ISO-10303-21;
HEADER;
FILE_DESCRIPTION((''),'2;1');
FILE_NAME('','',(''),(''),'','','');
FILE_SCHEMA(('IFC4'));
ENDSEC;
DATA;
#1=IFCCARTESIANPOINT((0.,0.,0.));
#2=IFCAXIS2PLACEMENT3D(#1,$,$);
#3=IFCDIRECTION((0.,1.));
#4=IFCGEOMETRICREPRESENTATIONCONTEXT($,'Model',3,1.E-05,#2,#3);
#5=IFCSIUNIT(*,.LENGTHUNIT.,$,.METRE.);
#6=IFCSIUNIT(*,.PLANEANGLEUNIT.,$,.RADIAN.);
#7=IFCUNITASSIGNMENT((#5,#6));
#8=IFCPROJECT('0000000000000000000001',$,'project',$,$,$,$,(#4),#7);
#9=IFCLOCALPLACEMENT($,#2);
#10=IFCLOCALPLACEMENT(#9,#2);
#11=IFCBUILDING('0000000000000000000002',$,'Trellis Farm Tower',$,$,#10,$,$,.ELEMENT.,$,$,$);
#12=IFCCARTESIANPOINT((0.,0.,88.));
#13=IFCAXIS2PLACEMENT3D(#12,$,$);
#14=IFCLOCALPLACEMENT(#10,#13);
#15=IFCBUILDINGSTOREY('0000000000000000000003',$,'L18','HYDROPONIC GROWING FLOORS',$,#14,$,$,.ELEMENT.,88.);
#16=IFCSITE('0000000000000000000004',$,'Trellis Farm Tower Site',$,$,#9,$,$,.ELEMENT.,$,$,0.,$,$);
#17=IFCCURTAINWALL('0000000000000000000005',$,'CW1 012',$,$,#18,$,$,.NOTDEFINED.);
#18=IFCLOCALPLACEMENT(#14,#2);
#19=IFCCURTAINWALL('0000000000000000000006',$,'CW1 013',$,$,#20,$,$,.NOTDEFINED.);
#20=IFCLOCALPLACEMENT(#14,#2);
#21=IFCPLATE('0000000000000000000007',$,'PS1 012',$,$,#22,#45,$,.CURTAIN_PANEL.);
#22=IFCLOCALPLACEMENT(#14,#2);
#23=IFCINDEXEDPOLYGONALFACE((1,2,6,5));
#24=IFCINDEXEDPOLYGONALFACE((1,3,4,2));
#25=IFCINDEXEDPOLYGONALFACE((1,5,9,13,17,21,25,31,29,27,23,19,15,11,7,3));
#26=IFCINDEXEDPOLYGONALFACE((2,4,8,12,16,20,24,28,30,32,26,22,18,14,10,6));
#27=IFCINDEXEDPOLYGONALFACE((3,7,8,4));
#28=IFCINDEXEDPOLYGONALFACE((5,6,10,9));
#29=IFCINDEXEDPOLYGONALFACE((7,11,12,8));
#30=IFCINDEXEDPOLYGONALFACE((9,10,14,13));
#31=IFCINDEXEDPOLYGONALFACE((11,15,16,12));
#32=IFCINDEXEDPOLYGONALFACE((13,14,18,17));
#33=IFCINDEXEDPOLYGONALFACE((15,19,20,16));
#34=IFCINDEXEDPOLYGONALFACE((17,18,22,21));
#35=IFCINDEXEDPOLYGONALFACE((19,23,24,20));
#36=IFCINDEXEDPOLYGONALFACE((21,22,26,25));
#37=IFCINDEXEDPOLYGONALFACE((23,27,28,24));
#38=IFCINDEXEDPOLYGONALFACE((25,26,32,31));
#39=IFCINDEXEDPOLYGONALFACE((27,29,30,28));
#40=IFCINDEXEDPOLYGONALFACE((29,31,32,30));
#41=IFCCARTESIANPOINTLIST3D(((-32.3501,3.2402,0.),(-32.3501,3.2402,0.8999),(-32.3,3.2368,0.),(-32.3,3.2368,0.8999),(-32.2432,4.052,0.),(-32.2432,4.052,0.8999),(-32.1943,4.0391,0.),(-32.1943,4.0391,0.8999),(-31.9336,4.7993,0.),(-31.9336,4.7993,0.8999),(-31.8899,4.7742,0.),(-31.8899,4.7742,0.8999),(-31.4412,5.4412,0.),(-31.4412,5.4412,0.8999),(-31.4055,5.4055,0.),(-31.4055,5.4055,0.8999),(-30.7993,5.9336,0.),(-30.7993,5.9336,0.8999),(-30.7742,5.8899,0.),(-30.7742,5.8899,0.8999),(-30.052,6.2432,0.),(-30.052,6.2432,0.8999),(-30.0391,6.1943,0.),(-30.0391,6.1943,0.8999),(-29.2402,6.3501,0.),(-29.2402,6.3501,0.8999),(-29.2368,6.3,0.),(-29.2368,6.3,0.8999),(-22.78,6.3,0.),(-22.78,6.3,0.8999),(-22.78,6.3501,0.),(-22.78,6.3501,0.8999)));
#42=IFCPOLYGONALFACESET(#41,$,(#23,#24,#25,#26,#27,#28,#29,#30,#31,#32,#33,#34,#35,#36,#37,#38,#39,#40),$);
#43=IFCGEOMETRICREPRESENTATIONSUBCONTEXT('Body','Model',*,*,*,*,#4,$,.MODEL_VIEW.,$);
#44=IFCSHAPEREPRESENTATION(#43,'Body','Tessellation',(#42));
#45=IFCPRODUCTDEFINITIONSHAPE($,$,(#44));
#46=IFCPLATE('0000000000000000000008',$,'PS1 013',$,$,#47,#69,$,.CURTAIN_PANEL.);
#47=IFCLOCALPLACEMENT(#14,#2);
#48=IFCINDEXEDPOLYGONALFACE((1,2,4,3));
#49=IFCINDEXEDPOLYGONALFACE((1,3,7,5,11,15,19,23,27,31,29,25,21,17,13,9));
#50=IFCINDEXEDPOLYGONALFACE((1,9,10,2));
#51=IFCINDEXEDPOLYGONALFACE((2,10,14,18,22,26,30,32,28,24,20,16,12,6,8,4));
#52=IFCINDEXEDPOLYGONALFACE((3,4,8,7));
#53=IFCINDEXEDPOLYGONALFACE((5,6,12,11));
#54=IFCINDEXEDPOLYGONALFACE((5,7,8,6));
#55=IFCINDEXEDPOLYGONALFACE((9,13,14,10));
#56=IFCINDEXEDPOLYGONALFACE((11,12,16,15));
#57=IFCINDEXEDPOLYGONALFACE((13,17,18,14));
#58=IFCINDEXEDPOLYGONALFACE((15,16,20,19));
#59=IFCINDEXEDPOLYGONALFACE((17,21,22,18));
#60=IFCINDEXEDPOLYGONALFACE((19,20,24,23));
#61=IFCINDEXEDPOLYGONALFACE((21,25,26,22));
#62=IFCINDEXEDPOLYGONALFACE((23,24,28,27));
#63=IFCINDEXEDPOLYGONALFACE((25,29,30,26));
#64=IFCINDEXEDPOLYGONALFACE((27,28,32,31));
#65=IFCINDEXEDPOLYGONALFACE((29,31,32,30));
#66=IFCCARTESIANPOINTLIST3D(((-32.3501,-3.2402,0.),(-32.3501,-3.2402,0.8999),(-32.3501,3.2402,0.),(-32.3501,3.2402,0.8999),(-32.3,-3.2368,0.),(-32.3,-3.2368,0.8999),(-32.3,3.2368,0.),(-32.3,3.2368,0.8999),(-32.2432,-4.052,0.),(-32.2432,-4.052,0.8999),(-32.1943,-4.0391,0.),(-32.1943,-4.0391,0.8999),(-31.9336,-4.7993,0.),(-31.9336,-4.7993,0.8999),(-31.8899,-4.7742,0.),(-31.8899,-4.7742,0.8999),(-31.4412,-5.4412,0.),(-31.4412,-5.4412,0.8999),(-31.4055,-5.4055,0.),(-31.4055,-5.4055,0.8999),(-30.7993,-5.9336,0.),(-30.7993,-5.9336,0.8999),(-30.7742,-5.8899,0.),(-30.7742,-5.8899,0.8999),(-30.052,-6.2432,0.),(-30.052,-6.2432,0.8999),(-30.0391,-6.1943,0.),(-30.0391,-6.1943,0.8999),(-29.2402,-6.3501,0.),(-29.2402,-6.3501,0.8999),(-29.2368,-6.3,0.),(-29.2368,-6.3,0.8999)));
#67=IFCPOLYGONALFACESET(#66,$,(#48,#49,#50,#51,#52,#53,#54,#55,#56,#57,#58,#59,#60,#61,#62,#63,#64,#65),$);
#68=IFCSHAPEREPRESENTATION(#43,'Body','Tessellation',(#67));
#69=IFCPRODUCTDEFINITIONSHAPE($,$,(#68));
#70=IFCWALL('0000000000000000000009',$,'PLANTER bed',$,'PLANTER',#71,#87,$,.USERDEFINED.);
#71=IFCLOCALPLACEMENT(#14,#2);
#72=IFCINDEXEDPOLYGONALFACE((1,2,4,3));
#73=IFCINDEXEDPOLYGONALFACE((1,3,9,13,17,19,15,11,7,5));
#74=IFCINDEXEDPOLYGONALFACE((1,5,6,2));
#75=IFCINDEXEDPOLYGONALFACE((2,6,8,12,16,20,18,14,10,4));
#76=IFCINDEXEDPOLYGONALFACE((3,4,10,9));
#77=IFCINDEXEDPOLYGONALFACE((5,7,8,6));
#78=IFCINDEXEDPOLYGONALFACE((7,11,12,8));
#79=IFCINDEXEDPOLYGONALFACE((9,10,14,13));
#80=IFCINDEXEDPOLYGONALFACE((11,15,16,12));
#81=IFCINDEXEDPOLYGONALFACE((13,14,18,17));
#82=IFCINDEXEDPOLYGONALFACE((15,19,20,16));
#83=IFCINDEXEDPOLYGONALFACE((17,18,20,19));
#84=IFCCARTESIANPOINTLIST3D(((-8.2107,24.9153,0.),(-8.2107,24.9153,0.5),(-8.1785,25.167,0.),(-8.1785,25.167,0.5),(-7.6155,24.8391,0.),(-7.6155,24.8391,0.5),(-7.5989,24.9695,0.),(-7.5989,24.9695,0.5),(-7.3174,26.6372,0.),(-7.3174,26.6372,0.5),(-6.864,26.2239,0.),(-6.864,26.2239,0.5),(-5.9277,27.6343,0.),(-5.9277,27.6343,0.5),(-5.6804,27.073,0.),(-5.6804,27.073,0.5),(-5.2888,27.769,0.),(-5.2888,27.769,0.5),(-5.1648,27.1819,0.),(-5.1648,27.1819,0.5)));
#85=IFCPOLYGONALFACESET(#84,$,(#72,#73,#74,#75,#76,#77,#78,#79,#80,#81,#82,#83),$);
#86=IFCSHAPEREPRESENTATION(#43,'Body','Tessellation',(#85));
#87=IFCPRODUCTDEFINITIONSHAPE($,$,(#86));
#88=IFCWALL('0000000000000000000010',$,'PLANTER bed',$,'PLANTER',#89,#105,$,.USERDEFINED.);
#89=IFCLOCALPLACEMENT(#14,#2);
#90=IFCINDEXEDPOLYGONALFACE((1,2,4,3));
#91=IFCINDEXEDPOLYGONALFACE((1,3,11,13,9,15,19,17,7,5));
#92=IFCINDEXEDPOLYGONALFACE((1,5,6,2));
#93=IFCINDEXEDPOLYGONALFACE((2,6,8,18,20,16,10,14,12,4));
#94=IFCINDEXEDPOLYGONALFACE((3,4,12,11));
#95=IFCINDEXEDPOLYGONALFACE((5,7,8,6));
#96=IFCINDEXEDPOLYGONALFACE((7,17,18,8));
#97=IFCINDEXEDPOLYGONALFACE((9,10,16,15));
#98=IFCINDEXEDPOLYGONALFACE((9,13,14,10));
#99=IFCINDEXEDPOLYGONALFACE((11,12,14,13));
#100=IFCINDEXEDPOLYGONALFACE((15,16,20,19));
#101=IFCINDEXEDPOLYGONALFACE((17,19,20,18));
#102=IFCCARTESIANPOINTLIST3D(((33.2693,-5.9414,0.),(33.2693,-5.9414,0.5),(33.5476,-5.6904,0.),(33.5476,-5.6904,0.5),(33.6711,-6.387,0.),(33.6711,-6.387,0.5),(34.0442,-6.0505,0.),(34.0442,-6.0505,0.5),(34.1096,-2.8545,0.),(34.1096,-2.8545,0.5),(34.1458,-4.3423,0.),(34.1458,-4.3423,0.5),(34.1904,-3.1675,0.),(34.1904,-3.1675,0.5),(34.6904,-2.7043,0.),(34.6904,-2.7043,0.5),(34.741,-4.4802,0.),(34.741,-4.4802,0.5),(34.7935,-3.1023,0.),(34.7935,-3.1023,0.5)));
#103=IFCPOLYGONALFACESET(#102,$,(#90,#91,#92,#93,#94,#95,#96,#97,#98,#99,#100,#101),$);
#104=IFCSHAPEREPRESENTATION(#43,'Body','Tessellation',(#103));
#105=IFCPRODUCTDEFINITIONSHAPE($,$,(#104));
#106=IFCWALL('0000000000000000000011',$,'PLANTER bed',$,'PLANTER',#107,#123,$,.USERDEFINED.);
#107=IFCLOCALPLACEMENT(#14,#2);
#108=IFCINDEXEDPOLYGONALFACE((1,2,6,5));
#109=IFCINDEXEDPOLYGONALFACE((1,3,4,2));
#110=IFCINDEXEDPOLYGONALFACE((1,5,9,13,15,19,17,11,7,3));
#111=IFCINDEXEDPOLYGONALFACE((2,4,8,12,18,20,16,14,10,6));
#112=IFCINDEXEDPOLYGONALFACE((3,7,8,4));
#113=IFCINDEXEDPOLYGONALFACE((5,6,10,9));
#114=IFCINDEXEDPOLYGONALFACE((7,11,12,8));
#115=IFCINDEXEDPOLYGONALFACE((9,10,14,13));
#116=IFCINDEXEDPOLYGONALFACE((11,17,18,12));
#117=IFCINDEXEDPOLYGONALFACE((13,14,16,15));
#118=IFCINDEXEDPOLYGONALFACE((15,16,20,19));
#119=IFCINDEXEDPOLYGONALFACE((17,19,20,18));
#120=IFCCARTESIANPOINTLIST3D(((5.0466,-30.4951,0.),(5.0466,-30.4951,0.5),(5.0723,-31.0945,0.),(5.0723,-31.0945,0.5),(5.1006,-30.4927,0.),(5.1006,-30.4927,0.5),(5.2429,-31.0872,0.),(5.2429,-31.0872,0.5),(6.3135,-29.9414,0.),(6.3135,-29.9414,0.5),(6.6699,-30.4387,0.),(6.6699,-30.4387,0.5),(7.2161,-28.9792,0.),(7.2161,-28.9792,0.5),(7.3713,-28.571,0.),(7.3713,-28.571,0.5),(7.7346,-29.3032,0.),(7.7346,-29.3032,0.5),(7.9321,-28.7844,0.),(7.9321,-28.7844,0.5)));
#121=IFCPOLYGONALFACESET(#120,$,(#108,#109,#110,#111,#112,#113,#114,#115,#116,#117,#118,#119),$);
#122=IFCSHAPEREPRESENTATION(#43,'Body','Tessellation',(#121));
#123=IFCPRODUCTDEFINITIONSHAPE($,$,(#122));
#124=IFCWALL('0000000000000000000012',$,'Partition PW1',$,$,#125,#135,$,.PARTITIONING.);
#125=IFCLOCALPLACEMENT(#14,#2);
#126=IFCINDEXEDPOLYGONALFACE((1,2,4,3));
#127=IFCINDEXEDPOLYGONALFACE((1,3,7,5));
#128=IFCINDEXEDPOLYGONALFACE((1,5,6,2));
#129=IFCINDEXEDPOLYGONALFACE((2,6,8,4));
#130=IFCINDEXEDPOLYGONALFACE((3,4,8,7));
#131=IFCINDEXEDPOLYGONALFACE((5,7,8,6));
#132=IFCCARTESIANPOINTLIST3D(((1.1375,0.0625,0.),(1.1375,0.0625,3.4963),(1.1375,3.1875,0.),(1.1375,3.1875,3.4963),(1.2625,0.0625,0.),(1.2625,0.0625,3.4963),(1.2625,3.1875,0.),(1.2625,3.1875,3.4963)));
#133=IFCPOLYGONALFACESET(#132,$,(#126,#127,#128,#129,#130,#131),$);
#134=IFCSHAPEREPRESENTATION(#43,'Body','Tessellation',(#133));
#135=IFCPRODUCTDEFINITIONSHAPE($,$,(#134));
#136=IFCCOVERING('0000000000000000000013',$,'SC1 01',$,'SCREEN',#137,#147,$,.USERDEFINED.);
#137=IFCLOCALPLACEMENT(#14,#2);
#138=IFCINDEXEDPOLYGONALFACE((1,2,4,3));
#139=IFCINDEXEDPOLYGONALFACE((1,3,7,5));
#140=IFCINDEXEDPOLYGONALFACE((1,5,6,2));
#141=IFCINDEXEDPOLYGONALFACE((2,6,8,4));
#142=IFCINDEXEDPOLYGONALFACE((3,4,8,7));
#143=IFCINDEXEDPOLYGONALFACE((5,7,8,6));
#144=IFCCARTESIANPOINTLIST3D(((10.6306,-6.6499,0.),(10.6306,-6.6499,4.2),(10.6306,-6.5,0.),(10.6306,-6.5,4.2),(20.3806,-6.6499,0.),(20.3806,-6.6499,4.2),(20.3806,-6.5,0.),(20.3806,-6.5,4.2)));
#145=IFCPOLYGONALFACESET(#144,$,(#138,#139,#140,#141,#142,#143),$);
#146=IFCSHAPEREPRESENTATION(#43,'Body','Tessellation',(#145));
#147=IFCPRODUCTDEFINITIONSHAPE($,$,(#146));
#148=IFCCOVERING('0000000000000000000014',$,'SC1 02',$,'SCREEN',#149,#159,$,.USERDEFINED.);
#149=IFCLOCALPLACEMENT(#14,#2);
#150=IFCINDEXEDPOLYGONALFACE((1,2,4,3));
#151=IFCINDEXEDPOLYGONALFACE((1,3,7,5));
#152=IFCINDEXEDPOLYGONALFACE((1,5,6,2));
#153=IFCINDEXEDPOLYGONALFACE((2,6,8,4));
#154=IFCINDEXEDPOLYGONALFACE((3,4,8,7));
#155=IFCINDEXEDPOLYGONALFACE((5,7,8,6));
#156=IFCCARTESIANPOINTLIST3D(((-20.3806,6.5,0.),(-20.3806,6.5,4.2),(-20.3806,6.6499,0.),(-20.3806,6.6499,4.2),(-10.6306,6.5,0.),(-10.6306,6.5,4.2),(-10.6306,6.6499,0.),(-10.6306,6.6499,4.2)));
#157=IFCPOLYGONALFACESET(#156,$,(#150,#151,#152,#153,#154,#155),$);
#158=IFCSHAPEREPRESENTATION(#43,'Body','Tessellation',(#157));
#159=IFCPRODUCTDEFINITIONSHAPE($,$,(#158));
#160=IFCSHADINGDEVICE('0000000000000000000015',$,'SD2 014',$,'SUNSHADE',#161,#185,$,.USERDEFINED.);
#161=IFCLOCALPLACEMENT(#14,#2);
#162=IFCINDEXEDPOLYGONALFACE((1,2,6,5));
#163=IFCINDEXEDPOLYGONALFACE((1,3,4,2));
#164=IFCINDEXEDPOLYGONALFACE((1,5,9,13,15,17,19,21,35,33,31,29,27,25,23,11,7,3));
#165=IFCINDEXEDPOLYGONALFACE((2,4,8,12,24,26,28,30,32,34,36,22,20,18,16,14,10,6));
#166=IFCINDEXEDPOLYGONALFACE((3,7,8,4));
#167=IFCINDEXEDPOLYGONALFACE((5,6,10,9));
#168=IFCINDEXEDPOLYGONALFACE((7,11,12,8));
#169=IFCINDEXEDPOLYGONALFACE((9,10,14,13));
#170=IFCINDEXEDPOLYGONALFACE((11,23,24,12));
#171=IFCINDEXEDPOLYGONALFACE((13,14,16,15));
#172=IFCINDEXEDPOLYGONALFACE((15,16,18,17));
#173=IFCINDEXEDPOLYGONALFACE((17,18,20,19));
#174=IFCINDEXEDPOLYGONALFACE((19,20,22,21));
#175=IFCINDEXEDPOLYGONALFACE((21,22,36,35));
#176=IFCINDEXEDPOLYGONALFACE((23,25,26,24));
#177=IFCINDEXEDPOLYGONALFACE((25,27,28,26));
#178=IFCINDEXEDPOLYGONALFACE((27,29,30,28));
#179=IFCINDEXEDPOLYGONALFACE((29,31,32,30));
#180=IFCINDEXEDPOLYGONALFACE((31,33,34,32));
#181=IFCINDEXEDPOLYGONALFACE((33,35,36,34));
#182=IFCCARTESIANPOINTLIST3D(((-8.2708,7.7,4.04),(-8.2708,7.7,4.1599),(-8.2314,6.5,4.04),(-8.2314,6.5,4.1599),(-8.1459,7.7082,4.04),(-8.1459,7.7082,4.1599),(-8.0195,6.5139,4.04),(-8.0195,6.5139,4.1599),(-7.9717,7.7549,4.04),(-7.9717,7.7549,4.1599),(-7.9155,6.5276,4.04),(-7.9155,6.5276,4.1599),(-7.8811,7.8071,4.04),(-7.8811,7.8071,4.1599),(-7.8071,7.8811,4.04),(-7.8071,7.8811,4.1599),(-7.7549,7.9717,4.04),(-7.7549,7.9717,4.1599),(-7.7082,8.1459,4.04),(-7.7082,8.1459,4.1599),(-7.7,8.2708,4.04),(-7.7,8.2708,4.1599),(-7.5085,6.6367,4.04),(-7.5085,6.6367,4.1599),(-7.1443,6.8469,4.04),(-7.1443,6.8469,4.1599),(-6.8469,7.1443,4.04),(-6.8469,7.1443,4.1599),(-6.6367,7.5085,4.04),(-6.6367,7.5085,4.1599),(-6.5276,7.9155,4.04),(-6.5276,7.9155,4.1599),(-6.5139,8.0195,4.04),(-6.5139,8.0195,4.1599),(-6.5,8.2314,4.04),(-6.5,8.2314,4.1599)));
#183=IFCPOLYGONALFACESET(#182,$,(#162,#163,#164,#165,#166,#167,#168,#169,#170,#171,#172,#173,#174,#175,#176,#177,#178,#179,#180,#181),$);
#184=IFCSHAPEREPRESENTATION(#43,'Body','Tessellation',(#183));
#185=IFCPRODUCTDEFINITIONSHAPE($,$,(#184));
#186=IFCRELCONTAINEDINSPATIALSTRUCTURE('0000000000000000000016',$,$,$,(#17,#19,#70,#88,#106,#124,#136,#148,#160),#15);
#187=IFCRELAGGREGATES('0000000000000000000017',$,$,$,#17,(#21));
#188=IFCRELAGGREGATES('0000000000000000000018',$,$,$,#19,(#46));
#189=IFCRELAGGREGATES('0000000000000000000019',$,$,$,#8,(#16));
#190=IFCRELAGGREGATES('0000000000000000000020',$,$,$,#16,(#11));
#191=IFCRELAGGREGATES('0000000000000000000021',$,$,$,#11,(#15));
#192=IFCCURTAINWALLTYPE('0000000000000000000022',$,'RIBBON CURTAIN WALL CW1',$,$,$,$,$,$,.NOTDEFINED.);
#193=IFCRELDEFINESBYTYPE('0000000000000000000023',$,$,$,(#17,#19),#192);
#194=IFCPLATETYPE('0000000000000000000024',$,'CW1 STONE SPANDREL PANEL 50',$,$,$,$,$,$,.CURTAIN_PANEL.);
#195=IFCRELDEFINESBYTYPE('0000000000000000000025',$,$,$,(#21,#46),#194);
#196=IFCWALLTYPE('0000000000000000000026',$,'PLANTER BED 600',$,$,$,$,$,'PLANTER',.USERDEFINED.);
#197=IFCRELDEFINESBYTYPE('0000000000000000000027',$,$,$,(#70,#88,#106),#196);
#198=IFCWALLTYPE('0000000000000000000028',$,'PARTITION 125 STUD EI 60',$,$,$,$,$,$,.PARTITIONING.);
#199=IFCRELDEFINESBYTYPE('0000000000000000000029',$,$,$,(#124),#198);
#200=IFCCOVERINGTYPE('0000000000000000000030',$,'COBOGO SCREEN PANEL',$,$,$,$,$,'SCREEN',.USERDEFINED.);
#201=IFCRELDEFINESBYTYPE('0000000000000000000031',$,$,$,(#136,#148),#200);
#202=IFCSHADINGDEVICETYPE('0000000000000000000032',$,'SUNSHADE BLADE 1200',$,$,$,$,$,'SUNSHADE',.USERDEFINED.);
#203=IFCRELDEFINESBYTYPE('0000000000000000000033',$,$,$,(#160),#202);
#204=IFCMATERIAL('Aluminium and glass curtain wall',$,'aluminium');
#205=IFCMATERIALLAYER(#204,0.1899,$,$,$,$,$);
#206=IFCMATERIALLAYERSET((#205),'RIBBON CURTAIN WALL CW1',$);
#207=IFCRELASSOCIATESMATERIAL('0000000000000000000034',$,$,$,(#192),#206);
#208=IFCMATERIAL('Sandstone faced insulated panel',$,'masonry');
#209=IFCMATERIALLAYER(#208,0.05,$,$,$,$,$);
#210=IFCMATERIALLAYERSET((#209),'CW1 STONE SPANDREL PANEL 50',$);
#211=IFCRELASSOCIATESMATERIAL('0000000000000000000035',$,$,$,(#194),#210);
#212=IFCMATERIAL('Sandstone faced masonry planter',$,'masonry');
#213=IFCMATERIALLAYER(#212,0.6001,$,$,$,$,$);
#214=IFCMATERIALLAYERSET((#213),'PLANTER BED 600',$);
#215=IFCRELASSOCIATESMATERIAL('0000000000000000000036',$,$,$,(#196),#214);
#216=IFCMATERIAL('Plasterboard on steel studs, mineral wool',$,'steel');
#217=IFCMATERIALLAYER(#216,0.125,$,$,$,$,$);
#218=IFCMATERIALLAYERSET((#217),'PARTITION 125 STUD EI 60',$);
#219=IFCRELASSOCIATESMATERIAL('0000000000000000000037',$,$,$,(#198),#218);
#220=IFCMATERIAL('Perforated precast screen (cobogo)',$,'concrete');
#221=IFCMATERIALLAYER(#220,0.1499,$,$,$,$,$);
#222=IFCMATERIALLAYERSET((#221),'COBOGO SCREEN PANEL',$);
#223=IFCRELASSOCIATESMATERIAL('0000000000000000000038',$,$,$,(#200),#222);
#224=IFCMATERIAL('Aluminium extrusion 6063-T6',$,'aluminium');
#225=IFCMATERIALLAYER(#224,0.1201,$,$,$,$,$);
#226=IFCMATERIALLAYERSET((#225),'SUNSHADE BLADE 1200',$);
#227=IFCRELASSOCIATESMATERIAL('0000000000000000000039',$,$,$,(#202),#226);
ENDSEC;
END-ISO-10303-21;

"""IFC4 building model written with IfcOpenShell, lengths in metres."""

from ifc_helpers import new_model, si_unit, direction, frame, frame_2d, origin, place, context, subcontext, project, spatial, polyline, rectangle, outline, extrude, source, transform, mapped, material, layer, layer_set, type_object, element, aggregate, save


model = new_model("IFC4")

# Units and contexts
model_context = context("Model", 3, precision=1e-05, world=origin(), true_north=direction((0.0, 1.0)))
body_context = subcontext(model_context, "Body", "Model", "MODEL_VIEW")
ifc_project = project(units=[si_unit("LENGTHUNIT", "METRE"), si_unit("PLANEANGLEUNIT", "RADIAN")], contexts=[model_context])

# Site, building, storey
site_placement = place(None, origin())
site = spatial("IfcSite", under=ifc_project, at=site_placement, Name="Trellis Farm Tower Site", CompositionType="ELEMENT", RefElevation=0.0)
building_placement = place(site_placement, origin())
building = spatial("IfcBuilding", under=site, at=building_placement, Name="Trellis Farm Tower", CompositionType="ELEMENT")
storey_placement = place(building_placement, frame((0.0, 0.0, 88.0)))
storey = spatial("IfcBuildingStorey", under=building, at=storey_placement, Name="L18", Description="HYDROPONIC GROWING FLOORS", CompositionType="ELEMENT", Elevation=88.0)

# Curtain walls
ifc_material_1 = material(Name="Aluminium and glass curtain wall", Category="aluminium")
placement_1 = place(storey_placement, origin())
ifc_material_2 = material(Name="Aluminium extrusion 6063-T6", Category="aluminium")
ifc_layer_1 = layer(ifc_material_1, 0.1899)
ifc_layer_set_1 = layer_set([ifc_layer_1], Name="RIBBON CURTAIN WALL CW1")
curtain_wall_type_1 = type_object("IfcCurtainWallType", Name="RIBBON CURTAIN WALL CW1", PredefinedType="NOTDEFINED", material=ifc_layer_set_1)
curtain_wall_1 = element("IfcCurtainWall", 1, at=placement_1, inside=storey, type_object=curtain_wall_type_1, Name="CW1 012", PredefinedType="NOTDEFINED")
curtain_wall_2 = element("IfcCurtainWall", 2, at=placement_1, inside=storey, type_object=curtain_wall_type_1, Name="CW1 013", PredefinedType="NOTDEFINED")

# Plates
ifc_material_3 = material(Name="Sandstone faced insulated panel", Category="masonry")
ifc_layer_2 = layer(ifc_material_3, 0.05)
ifc_layer_set_2 = layer_set([ifc_layer_2], Name="CW1 STONE SPANDREL PANEL 50")
plate_type_1 = type_object("IfcPlateType", Name="CW1 STONE SPANDREL PANEL 50", PredefinedType="CURTAIN_PANEL", material=ifc_layer_set_2)
shared_shape_1 = source(origin(), body_context, "Body", "SweptSolid", [
    extrude(outline(polyline([(-22.78, 6.3501), (-29.2402, 6.3501), (-30.052, 6.2432), (-30.7993, 5.9336), (-31.4412, 5.4412), (-31.9336, 4.7993), (-32.2432, 4.052), (-32.3501, 3.2402), (-32.3, 3.2368), (-32.1943, 4.0391), (-31.8899, 4.7742), (-31.4055, 5.4055), (-30.7742, 5.8899), (-30.0391, 6.1943), (-29.2368, 6.3), (-22.78, 6.3), (-22.78, 6.3501)])), origin(), (0.0, 0.0, 1.0), 0.8999),
])
plate_1 = element("IfcPlate", 3, at=placement_1, type_object=plate_type_1, Name="PS1 012", PredefinedType="CURTAIN_PANEL", context=body_context, shape_type="MappedRepresentation", body=[
    mapped(shared_shape_1, transform((0.0, 0.0, 0.0))),
])
aggregate(curtain_wall_1, [plate_1])
shared_shape_2 = source(origin(), body_context, "Body", "SweptSolid", [
    extrude(outline(polyline([(-32.3501, 3.2402), (-32.3501, -3.2402), (-32.2432, -4.052), (-31.9336, -4.7993), (-31.4412, -5.4412), (-30.7993, -5.9336), (-30.052, -6.2432), (-29.2402, -6.3501), (-29.2368, -6.3), (-30.0391, -6.1943), (-30.7742, -5.8899), (-31.4055, -5.4055), (-31.8899, -4.7742), (-32.1943, -4.0391), (-32.3, -3.2368), (-32.3, 3.2368), (-32.3501, 3.2402)])), origin(), (0.0, 0.0, 1.0), 0.8999),
])
plate_2 = element("IfcPlate", 4, at=placement_1, type_object=plate_type_1, Name="PS1 013", PredefinedType="CURTAIN_PANEL", context=body_context, shape_type="MappedRepresentation", body=[
    mapped(shared_shape_2, transform((0.0, 0.0, 0.0))),
])
aggregate(curtain_wall_2, [plate_2])

# Walls
ifc_material_4 = material(Name="Sandstone faced masonry planter", Category="masonry")
ifc_layer_3 = layer(ifc_material_4, 0.6001)
ifc_layer_set_3 = layer_set([ifc_layer_3], Name="PLANTER BED 600")
wall_type_1 = type_object("IfcWallType", Name="PLANTER BED 600", ElementType="PLANTER", PredefinedType="USERDEFINED", material=ifc_layer_set_3)
element("IfcWall", 5, at=placement_1, inside=storey, type_object=wall_type_1, Name="PLANTER bed", ObjectType="PLANTER", PredefinedType="USERDEFINED", context=body_context, shape_type="SweptSolid", body=[
    extrude(outline(polyline([(-8.1785, 25.167), (-7.3174, 26.6372), (-5.9277, 27.6343), (-5.2888, 27.769), (-5.1648, 27.1819), (-5.6804, 27.073), (-6.864, 26.2239), (-7.5989, 24.9695), (-7.6155, 24.8391), (-8.2107, 24.9153), (-8.1785, 25.167)])), origin(), (0.0, 0.0, 1.0), 0.5),
])
element("IfcWall", 6, at=placement_1, inside=storey, type_object=wall_type_1, Name="PLANTER bed", ObjectType="PLANTER", PredefinedType="USERDEFINED", context=body_context, shape_type="SweptSolid", body=[
    extrude(outline(polyline([(34.741, -4.4802), (34.0442, -6.0505), (33.6711, -6.387), (33.2693, -5.9414), (33.5476, -5.6904), (34.1458, -4.3423), (34.1904, -3.1675), (34.1096, -2.8545), (34.6904, -2.7043), (34.7935, -3.1023), (34.741, -4.4802)])), origin(), (0.0, 0.0, 1.0), 0.5),
])
element("IfcWall", 7, at=placement_1, inside=storey, type_object=wall_type_1, Name="PLANTER bed", ObjectType="PLANTER", PredefinedType="USERDEFINED", context=body_context, shape_type="SweptSolid", body=[
    extrude(outline(polyline([(6.6699, -30.4387), (5.2429, -31.0872), (5.0723, -31.0945), (5.0466, -30.4951), (5.1006, -30.4927), (6.3135, -29.9414), (7.2161, -28.9792), (7.3713, -28.571), (7.9321, -28.7844), (7.7346, -29.3032), (6.6699, -30.4387)])), origin(), (0.0, 0.0, 1.0), 0.5),
])
ifc_material_5 = material(Name="Plasterboard on steel studs, mineral wool", Category="steel")
ifc_layer_4 = layer(ifc_material_5, 0.125)
ifc_layer_set_4 = layer_set([ifc_layer_4], Name="PARTITION 125 STUD EI 60")
wall_type_2 = type_object("IfcWallType", Name="PARTITION 125 STUD EI 60", PredefinedType="PARTITIONING", material=ifc_layer_set_4)
shared_shape_3 = source(origin(), body_context, "Body", "SweptSolid", [
    extrude(rectangle(XDim=3.125, YDim=0.125, at=frame_2d((1.5625, 0.0))), origin(), (0.0, 0.0, 1.0), 3.4963),
])
wall_1_placement = place(storey_placement, frame((1.2, 3.1875, 0.0), z_axis=(0.0, 0.0, 1.0), x_axis=(0.0, -1.0, 0.0)))
element("IfcWall", 8, at=wall_1_placement, inside=storey, type_object=wall_type_2, Name="Partition PW1", PredefinedType="PARTITIONING", context=body_context, shape_type="MappedRepresentation", body=[
    mapped(shared_shape_3, transform((0.0, 0.0, 0.0))),
])

# Coverings
ifc_material_6 = material(Name="Perforated precast screen (cobogo)", Category="concrete")
ifc_layer_5 = layer(ifc_material_6, 0.1499)
ifc_layer_set_5 = layer_set([ifc_layer_5], Name="COBOGO SCREEN PANEL")
covering_type = type_object("IfcCoveringType", Name="COBOGO SCREEN PANEL", ElementType="SCREEN", PredefinedType="USERDEFINED", material=ifc_layer_set_5)
element("IfcCovering", 9, at=placement_1, inside=storey, type_object=covering_type, Name="SC1 01", ObjectType="SCREEN", PredefinedType="USERDEFINED", context=body_context, shape_type="SweptSolid", body=[
    extrude(outline(polyline([(10.6306, -6.6499), (20.3806, -6.6499), (20.3806, -6.5), (10.6306, -6.5), (10.6306, -6.6499)])), origin(), (0.0, 0.0, 1.0), 4.2),
])
element("IfcCovering", 10, at=placement_1, inside=storey, type_object=covering_type, Name="SC1 02", ObjectType="SCREEN", PredefinedType="USERDEFINED", context=body_context, shape_type="SweptSolid", body=[
    extrude(outline(polyline([(-10.6306, 6.6499), (-20.3806, 6.6499), (-20.3806, 6.5), (-10.6306, 6.5), (-10.6306, 6.6499)])), origin(), (0.0, 0.0, 1.0), 4.2),
])

# Shading device
ifc_layer_6 = layer(ifc_material_2, 0.1201)
ifc_layer_set_6 = layer_set([ifc_layer_6], Name="SUNSHADE BLADE 1200")
shading_device_type_1 = type_object("IfcShadingDeviceType", Name="SUNSHADE BLADE 1200", ElementType="SUNSHADE", PredefinedType="USERDEFINED", material=ifc_layer_set_6)
shared_shape_4 = source(origin(), body_context, "Body", "SweptSolid", [
    extrude(outline(polyline([(-7.7, 8.2708), (-7.7087, 8.1372), (-7.707, 8.1501), (-7.7549, 7.9717), (-7.8071, 7.8811), (-7.8811, 7.8071), (-7.9717, 7.7549), (-8.1501, 7.707), (-8.1372, 7.7087), (-8.2708, 7.7), (-8.2314, 6.5), (-8.0195, 6.5139), (-7.9155, 6.5276), (-7.5085, 6.6367), (-7.1443, 6.8469), (-6.8469, 7.1443), (-6.6367, 7.5085), (-6.5276, 7.9155), (-6.5139, 8.0195), (-6.5, 8.2314), (-7.7, 8.2708)])), origin(), (0.0, 0.0, 1.0), 0.1199),
])
placement_2 = place(storey_placement, frame((0.0, 0.0, 4.04)))
element("IfcShadingDevice", 11, at=placement_2, inside=storey, type_object=shading_device_type_1, Name="SD2 014", ObjectType="SUNSHADE", PredefinedType="USERDEFINED", context=body_context, shape_type="MappedRepresentation", body=[
    mapped(shared_shape_4, transform((0.0, 0.0, 0.0))),
])

save(model, "model.ifc")
